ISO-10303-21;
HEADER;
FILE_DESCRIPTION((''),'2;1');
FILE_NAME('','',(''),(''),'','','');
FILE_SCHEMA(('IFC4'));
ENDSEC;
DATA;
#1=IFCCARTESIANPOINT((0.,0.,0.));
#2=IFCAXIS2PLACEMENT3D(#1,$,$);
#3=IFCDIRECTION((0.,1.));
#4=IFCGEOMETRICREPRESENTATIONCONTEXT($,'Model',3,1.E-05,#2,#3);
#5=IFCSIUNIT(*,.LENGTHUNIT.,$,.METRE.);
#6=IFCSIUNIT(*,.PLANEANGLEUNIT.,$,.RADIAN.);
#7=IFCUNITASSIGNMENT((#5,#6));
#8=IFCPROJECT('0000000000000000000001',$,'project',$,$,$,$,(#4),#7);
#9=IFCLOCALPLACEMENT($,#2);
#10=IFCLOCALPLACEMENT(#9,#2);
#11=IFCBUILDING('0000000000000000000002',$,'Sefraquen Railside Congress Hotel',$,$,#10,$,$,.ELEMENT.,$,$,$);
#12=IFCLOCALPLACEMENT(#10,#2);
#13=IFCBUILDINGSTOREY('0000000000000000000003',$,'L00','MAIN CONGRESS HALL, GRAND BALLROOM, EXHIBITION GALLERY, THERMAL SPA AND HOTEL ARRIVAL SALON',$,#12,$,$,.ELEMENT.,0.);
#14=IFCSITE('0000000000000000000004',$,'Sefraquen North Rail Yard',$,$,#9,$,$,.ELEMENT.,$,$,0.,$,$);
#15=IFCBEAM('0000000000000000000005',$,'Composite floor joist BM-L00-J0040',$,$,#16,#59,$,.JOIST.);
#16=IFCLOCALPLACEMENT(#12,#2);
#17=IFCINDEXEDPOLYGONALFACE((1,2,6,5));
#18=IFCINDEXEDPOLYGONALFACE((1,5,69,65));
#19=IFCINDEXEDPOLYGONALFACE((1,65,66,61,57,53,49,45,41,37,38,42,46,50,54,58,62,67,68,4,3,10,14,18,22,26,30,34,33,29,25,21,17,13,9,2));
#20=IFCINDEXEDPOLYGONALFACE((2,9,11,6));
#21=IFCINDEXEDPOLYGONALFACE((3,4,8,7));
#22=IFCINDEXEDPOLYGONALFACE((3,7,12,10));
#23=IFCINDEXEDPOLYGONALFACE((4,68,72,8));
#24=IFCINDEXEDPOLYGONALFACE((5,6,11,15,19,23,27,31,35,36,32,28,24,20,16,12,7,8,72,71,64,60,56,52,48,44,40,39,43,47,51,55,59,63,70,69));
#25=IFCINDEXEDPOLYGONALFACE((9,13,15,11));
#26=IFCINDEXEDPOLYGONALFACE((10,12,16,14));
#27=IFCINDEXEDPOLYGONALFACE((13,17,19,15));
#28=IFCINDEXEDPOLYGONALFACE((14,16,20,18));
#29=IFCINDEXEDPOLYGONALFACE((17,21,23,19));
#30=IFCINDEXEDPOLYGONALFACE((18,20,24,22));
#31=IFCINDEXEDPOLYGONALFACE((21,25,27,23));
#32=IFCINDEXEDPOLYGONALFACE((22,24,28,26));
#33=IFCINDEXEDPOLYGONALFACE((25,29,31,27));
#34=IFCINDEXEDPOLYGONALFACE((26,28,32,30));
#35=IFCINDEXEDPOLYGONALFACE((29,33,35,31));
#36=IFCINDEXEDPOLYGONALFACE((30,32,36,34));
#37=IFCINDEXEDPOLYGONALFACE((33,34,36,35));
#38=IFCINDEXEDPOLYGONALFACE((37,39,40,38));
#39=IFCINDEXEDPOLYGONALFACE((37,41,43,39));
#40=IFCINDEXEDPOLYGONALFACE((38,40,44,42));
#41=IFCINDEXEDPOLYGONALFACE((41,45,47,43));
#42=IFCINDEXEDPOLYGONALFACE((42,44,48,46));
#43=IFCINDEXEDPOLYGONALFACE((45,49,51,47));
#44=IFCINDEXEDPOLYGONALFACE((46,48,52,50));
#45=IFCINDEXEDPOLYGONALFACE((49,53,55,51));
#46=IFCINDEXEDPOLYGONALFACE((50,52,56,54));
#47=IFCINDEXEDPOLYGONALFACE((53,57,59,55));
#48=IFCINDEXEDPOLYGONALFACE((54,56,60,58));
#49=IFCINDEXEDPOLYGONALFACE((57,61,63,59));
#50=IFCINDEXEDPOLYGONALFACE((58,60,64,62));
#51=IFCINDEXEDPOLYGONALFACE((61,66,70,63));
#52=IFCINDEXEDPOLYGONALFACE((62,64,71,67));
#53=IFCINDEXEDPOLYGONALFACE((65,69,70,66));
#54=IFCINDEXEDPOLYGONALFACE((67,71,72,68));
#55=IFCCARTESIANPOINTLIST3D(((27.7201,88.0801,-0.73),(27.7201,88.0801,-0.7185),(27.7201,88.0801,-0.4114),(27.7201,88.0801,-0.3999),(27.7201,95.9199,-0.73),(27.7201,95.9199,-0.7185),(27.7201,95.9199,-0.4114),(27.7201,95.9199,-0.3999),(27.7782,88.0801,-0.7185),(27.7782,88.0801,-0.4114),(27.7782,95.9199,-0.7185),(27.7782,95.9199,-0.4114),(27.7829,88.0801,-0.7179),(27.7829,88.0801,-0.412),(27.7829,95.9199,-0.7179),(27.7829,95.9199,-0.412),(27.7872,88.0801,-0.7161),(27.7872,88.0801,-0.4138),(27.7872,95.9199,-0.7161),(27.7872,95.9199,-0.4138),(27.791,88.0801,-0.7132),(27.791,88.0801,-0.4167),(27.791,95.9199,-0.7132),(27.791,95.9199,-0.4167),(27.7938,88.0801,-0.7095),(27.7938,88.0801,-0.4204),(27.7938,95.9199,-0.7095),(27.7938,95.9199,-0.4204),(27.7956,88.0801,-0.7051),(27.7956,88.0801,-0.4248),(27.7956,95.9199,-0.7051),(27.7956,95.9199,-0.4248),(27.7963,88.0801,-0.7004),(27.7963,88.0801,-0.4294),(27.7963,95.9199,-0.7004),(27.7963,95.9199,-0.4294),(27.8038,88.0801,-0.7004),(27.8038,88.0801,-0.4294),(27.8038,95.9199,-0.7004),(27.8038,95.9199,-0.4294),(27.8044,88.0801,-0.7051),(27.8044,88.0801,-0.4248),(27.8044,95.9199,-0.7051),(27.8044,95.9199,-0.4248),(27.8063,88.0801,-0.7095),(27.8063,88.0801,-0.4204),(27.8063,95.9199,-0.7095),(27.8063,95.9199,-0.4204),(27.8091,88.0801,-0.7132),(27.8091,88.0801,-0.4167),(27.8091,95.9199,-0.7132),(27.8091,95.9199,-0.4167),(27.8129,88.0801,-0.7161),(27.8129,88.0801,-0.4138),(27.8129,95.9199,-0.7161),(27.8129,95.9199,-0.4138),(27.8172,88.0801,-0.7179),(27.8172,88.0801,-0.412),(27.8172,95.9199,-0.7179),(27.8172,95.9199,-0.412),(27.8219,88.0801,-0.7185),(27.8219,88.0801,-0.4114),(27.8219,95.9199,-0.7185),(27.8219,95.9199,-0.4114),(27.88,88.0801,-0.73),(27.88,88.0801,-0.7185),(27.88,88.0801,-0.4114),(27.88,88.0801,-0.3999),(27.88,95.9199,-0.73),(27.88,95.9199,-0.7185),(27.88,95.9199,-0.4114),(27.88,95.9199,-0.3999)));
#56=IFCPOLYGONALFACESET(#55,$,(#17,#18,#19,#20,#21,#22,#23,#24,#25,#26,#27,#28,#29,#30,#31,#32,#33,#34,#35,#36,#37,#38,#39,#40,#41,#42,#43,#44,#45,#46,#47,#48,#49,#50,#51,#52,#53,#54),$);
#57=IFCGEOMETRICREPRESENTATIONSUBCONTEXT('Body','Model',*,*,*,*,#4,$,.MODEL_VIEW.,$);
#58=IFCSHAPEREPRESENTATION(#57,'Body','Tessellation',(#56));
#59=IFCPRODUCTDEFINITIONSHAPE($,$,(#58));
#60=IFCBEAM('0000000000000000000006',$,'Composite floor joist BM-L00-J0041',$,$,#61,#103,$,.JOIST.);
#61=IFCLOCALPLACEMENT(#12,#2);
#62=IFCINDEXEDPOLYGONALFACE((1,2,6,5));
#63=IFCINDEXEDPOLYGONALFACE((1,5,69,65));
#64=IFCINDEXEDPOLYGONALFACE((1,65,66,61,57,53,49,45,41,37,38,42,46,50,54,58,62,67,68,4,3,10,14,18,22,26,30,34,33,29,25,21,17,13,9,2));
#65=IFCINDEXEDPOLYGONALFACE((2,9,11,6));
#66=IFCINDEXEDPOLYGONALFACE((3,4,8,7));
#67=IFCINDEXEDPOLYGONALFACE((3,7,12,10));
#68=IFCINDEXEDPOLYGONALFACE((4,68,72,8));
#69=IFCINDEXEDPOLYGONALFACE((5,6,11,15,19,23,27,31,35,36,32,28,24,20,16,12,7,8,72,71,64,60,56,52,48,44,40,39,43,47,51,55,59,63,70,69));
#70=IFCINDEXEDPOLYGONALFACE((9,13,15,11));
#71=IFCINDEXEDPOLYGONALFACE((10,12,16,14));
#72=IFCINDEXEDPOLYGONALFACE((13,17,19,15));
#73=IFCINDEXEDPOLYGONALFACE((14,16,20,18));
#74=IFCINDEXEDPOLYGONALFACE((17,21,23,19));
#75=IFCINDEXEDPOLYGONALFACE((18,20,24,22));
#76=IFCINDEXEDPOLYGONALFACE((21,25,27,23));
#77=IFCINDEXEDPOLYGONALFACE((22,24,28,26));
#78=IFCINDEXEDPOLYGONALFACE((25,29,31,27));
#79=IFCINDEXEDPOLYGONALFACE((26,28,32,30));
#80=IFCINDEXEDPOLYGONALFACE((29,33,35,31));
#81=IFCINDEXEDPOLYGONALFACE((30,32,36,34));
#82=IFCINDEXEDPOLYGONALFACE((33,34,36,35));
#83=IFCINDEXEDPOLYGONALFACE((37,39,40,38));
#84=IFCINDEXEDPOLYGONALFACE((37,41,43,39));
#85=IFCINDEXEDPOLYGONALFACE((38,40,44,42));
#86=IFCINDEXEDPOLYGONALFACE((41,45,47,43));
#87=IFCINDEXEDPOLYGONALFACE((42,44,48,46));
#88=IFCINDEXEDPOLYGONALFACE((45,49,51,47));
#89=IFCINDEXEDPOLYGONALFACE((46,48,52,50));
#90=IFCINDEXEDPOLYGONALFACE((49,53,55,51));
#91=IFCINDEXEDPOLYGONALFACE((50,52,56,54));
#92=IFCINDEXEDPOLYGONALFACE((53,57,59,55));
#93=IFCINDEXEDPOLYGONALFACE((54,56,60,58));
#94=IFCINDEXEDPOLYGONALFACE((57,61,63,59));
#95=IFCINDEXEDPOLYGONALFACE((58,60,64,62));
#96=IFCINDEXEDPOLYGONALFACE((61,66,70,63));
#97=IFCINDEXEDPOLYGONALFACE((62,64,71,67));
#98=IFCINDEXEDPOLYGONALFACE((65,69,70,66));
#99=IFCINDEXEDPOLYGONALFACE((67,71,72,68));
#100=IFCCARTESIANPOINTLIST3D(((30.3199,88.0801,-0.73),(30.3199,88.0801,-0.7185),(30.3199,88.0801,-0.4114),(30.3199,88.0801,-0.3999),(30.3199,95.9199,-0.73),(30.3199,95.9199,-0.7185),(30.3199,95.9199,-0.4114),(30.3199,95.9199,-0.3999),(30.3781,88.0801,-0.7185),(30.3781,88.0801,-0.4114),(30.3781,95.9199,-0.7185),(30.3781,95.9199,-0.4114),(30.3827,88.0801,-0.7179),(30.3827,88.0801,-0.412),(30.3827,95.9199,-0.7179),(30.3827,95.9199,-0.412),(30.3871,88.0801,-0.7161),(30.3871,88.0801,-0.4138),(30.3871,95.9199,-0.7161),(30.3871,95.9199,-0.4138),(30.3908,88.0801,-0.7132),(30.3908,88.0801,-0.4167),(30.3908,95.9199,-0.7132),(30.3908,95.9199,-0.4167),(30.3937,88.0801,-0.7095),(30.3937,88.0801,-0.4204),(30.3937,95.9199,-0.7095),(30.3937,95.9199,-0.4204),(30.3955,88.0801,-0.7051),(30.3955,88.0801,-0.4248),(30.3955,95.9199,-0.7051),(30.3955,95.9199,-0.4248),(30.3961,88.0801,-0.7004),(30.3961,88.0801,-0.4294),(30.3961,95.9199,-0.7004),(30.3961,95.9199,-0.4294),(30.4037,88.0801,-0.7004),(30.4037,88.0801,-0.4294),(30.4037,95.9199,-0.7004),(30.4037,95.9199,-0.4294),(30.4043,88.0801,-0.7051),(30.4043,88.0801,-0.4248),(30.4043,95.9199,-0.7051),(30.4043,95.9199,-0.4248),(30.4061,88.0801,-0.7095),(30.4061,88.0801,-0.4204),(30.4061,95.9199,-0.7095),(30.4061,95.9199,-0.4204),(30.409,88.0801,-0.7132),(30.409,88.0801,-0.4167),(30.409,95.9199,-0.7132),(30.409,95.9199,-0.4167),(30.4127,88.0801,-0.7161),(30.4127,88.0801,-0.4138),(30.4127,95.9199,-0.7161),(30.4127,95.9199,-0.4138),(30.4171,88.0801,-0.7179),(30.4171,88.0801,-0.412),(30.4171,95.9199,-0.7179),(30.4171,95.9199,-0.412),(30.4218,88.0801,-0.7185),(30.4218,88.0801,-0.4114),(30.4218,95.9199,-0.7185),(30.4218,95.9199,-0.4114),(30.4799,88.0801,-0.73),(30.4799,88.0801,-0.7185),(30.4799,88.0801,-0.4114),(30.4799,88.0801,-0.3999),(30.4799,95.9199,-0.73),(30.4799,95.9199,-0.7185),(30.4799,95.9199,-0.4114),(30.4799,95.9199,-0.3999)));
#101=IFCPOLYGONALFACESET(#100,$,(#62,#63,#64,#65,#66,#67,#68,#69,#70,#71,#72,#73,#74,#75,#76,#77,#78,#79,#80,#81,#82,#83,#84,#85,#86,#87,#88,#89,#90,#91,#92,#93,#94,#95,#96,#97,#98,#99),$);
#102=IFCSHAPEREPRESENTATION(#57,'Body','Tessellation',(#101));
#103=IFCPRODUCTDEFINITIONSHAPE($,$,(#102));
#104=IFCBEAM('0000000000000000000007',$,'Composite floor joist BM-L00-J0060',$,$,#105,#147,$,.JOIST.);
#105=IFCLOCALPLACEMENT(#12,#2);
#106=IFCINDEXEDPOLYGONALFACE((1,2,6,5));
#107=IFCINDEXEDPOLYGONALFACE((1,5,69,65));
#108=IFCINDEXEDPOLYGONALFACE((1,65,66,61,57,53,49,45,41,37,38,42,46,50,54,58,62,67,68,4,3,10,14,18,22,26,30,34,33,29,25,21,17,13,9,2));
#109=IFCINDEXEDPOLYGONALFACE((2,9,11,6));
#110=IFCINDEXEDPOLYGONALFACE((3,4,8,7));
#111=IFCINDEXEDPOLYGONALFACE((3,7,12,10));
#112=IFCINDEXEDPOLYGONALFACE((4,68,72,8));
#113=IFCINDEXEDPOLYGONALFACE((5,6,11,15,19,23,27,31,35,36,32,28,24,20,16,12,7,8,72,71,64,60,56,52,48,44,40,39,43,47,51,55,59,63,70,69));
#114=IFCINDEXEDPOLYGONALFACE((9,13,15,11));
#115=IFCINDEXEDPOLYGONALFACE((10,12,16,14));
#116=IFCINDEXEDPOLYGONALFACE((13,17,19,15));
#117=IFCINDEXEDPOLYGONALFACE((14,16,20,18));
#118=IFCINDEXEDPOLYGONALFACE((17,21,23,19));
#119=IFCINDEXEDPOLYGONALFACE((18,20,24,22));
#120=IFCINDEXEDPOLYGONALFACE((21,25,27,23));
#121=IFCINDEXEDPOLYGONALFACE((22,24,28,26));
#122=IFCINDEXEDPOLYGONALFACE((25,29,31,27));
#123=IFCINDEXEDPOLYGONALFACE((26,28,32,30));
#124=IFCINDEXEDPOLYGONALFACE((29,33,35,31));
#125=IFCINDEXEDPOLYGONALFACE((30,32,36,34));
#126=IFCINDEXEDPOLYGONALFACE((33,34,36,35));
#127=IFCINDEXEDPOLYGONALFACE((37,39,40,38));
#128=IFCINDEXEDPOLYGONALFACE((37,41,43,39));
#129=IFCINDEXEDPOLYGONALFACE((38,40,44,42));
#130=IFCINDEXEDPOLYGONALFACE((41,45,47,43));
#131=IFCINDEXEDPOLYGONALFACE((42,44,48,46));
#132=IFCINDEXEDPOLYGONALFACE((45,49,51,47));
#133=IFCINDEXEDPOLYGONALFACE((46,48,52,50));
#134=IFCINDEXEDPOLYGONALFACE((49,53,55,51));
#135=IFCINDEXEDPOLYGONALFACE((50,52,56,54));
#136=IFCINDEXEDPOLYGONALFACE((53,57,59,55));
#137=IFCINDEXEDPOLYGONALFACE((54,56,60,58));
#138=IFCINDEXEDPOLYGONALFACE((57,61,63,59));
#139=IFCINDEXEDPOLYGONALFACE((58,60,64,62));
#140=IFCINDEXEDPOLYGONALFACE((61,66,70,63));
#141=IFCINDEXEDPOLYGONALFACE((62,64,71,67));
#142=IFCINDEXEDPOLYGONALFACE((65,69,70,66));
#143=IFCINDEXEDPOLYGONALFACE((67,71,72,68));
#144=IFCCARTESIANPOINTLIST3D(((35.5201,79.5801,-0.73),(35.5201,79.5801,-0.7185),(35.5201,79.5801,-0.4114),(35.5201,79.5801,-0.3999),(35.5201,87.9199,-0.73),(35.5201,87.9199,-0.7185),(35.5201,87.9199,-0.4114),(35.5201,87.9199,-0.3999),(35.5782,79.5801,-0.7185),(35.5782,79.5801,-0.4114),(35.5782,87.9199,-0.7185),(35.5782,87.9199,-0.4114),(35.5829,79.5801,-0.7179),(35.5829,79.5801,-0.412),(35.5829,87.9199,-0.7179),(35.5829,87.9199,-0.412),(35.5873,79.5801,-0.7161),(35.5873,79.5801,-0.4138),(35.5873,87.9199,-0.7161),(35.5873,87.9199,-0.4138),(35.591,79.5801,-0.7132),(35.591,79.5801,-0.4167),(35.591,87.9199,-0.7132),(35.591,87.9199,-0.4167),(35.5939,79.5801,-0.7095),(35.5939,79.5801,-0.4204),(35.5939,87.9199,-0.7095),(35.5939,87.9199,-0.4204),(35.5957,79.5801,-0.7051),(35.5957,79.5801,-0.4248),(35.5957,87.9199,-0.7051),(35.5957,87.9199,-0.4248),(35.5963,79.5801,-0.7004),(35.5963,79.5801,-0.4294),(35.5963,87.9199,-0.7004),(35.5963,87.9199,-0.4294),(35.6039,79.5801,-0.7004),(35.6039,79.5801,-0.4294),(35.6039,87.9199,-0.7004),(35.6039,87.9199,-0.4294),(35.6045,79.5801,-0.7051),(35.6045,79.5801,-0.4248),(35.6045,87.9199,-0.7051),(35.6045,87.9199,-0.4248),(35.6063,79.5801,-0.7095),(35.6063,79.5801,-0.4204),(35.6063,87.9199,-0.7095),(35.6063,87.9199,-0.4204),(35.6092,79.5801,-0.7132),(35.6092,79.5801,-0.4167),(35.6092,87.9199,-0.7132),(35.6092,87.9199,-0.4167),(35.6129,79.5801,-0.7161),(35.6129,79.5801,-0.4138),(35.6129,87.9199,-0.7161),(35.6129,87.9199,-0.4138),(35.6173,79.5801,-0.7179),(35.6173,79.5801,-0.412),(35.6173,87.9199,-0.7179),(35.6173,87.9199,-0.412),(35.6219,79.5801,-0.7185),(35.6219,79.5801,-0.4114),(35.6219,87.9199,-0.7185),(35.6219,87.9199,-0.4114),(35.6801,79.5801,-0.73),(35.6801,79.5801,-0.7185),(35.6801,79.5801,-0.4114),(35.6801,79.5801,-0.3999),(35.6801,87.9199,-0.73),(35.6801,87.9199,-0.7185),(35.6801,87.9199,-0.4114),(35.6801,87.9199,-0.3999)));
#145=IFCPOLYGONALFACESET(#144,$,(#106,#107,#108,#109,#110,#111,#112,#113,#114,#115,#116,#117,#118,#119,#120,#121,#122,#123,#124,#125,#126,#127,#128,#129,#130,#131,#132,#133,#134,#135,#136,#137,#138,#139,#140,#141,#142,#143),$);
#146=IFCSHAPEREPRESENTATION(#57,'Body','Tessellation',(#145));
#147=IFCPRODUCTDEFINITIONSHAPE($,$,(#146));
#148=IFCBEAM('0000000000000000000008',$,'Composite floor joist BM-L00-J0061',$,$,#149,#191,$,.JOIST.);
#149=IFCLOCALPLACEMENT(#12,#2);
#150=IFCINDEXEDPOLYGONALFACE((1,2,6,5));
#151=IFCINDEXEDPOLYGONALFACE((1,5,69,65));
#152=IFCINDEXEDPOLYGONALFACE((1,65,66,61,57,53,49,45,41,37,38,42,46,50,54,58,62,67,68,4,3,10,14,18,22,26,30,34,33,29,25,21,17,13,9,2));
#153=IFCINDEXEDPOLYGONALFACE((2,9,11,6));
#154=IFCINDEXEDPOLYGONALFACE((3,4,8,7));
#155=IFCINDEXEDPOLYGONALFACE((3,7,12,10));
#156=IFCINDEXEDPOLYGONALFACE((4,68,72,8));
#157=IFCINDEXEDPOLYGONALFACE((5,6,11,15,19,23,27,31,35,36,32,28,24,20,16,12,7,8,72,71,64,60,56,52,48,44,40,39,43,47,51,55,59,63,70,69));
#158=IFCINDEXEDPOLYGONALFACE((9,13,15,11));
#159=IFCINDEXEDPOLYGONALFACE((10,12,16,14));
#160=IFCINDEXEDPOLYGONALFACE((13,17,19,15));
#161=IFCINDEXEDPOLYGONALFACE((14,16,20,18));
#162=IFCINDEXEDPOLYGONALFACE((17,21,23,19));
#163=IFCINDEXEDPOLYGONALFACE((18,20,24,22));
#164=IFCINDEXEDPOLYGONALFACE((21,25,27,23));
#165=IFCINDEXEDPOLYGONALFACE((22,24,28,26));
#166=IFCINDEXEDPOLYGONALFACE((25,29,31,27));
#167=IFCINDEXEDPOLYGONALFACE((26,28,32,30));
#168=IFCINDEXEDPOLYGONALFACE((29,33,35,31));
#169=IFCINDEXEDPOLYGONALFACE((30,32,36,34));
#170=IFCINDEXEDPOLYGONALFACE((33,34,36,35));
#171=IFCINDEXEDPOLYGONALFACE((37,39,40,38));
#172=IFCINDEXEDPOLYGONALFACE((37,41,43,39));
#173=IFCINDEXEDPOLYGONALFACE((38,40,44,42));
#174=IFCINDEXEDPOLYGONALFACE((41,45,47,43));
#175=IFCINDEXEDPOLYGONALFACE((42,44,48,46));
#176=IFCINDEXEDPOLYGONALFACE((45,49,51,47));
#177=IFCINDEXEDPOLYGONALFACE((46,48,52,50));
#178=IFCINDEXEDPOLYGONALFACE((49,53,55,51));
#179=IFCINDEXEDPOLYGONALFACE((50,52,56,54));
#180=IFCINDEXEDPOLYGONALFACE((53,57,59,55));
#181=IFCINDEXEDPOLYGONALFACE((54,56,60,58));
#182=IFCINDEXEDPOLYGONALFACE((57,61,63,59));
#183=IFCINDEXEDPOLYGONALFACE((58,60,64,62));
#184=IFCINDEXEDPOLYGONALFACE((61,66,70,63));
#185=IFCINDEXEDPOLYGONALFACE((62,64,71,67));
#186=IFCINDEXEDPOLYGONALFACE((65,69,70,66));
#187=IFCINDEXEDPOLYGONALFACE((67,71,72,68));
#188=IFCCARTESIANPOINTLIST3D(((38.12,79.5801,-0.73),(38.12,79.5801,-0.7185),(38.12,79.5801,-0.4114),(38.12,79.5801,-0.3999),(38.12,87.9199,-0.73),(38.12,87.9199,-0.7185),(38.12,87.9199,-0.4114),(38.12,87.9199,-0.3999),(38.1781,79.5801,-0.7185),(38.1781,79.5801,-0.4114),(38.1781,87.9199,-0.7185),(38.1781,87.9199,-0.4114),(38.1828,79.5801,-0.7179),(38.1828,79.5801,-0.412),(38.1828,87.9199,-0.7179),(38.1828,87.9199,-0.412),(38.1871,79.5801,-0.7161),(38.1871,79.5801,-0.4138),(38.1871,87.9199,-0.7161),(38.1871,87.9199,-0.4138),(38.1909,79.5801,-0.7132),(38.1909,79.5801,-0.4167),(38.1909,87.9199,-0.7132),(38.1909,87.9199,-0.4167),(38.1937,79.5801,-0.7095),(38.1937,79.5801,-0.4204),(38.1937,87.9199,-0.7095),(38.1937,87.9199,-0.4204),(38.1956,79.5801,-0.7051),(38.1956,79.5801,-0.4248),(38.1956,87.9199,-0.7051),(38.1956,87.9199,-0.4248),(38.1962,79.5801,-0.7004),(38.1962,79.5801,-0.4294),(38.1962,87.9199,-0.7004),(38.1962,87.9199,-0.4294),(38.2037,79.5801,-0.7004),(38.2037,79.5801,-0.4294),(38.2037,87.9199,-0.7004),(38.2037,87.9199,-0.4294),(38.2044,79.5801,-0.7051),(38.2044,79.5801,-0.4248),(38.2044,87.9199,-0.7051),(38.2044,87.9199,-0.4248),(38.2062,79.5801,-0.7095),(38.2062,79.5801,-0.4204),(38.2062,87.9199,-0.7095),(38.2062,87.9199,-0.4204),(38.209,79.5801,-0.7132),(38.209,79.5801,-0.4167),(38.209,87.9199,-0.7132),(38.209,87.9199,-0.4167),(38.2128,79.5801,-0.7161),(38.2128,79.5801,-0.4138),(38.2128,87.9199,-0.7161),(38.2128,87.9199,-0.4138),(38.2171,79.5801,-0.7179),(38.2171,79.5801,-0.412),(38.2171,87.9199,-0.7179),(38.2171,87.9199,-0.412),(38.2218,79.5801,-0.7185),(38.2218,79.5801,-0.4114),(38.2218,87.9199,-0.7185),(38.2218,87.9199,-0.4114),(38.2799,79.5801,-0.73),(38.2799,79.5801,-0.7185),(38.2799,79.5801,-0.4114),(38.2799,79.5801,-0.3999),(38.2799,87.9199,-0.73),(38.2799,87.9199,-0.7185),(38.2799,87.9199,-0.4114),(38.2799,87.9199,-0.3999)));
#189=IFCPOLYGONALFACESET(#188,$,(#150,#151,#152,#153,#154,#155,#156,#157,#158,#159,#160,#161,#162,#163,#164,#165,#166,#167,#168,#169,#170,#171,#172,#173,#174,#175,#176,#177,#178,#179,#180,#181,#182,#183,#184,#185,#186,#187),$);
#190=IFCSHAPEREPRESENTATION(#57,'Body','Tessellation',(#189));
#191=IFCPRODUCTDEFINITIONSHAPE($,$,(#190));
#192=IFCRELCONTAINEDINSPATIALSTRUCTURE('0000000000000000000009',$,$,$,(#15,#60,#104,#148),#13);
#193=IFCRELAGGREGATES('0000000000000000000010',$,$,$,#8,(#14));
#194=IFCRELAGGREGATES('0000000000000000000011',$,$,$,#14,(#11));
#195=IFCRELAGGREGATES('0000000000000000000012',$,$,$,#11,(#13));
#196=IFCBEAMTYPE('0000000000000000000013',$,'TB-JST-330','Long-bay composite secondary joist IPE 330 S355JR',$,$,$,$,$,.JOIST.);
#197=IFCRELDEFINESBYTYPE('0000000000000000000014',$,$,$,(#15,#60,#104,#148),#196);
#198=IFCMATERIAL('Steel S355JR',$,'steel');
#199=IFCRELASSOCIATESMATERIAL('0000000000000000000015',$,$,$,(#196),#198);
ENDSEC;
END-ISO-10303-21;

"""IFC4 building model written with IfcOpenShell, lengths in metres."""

from ifc_helpers import new_model, si_unit, direction, frame, origin, origin_2d, place, context, subcontext, project, spatial, i_section, extrude, material, material_profile, profile_set, type_object, element, save


model = new_model("IFC4")

# Units and contexts
model_context = context("Model", 3, precision=1e-05, world=origin(), true_north=direction((0.0, 1.0)))
body_context = subcontext(model_context, "Body", "Model", "MODEL_VIEW")
ifc_project = project(units=[si_unit("LENGTHUNIT", "METRE"), si_unit("PLANEANGLEUNIT", "RADIAN")], contexts=[model_context])

# Site, building, storey
site_placement = place(None, origin())
site = spatial("IfcSite", under=ifc_project, at=site_placement, Name="Sefraquen North Rail Yard", CompositionType="ELEMENT", RefElevation=0.0)
building_placement = place(site_placement, origin())
building = spatial("IfcBuilding", under=site, at=building_placement, Name="Sefraquen Railside Congress Hotel", CompositionType="ELEMENT")
storey_placement = place(building_placement, origin())
storey = spatial("IfcBuildingStorey", under=building, at=storey_placement, Name="L00", Description="MAIN CONGRESS HALL, GRAND BALLROOM, EXHIBITION GALLERY, THERMAL SPA AND HOTEL ARRIVAL SALON", CompositionType="ELEMENT", Elevation=0.0)

# Shared definitions
ifc_material_1 = material(Name="Steel S355JR", Category="steel")

# Beams
ifc_material_profile_1 = material_profile(ifc_material_1, i_section(OverallWidth=0.1599, OverallDepth=0.3301, WebThickness=0.0076, FlangeThickness=0.0115, FilletRadius=0.0181, at=origin_2d()), Name="IPE 330")
ifc_profile_set_1 = profile_set([ifc_material_profile_1], Name="Steel S355JR")
beam_type_1 = type_object("IfcBeamType", Name="TB-JST-330", Description="Long-bay composite secondary joist IPE 330 S355JR", PredefinedType="JOIST", material=ifc_profile_set_1)
for number, where, z_axis, x_axis, name in (
    (1, (27.8, 88.0801, -0.5649), (0.0, 1.0, 0.0), (-1.0, 0.0, 0.0), "Composite floor joist BM-L00-J0040"),
    (2, (30.3999, 88.0801, -0.5649), (0.0, 1.0, 0.0), (-1.0, 0.0, 0.0), "Composite floor joist BM-L00-J0041"),
):
    element("IfcBeam", number, at=place(storey_placement, frame(where, z_axis=z_axis, x_axis=x_axis)), inside=storey, type_object=beam_type_1, Name=name, PredefinedType="JOIST", context=body_context, shape_type="SweptSolid", body=[
        extrude(i_section(OverallWidth=0.1599, OverallDepth=0.3301, WebThickness=0.0076, FlangeThickness=0.0115, FilletRadius=0.0181, at=origin_2d()), origin(), (0.0, 0.0, 1.0), 7.8398),
    ])
for number, where, z_axis, x_axis, name in (
    (3, (35.6001, 79.5801, -0.5649), (0.0, 1.0, 0.0), (-1.0, 0.0, 0.0), "Composite floor joist BM-L00-J0060"),
    (4, (38.2, 79.5801, -0.5649), (0.0, 1.0, 0.0), (-1.0, 0.0, 0.0), "Composite floor joist BM-L00-J0061"),
):
    element("IfcBeam", number, at=place(storey_placement, frame(where, z_axis=z_axis, x_axis=x_axis)), inside=storey, type_object=beam_type_1, Name=name, PredefinedType="JOIST", context=body_context, shape_type="SweptSolid", body=[
        extrude(i_section(OverallWidth=0.1599, OverallDepth=0.3301, WebThickness=0.0076, FlangeThickness=0.0115, FilletRadius=0.0181, at=origin_2d()), origin(), (0.0, 0.0, 1.0), 8.3398),
    ])

save(model, "model.ifc")
